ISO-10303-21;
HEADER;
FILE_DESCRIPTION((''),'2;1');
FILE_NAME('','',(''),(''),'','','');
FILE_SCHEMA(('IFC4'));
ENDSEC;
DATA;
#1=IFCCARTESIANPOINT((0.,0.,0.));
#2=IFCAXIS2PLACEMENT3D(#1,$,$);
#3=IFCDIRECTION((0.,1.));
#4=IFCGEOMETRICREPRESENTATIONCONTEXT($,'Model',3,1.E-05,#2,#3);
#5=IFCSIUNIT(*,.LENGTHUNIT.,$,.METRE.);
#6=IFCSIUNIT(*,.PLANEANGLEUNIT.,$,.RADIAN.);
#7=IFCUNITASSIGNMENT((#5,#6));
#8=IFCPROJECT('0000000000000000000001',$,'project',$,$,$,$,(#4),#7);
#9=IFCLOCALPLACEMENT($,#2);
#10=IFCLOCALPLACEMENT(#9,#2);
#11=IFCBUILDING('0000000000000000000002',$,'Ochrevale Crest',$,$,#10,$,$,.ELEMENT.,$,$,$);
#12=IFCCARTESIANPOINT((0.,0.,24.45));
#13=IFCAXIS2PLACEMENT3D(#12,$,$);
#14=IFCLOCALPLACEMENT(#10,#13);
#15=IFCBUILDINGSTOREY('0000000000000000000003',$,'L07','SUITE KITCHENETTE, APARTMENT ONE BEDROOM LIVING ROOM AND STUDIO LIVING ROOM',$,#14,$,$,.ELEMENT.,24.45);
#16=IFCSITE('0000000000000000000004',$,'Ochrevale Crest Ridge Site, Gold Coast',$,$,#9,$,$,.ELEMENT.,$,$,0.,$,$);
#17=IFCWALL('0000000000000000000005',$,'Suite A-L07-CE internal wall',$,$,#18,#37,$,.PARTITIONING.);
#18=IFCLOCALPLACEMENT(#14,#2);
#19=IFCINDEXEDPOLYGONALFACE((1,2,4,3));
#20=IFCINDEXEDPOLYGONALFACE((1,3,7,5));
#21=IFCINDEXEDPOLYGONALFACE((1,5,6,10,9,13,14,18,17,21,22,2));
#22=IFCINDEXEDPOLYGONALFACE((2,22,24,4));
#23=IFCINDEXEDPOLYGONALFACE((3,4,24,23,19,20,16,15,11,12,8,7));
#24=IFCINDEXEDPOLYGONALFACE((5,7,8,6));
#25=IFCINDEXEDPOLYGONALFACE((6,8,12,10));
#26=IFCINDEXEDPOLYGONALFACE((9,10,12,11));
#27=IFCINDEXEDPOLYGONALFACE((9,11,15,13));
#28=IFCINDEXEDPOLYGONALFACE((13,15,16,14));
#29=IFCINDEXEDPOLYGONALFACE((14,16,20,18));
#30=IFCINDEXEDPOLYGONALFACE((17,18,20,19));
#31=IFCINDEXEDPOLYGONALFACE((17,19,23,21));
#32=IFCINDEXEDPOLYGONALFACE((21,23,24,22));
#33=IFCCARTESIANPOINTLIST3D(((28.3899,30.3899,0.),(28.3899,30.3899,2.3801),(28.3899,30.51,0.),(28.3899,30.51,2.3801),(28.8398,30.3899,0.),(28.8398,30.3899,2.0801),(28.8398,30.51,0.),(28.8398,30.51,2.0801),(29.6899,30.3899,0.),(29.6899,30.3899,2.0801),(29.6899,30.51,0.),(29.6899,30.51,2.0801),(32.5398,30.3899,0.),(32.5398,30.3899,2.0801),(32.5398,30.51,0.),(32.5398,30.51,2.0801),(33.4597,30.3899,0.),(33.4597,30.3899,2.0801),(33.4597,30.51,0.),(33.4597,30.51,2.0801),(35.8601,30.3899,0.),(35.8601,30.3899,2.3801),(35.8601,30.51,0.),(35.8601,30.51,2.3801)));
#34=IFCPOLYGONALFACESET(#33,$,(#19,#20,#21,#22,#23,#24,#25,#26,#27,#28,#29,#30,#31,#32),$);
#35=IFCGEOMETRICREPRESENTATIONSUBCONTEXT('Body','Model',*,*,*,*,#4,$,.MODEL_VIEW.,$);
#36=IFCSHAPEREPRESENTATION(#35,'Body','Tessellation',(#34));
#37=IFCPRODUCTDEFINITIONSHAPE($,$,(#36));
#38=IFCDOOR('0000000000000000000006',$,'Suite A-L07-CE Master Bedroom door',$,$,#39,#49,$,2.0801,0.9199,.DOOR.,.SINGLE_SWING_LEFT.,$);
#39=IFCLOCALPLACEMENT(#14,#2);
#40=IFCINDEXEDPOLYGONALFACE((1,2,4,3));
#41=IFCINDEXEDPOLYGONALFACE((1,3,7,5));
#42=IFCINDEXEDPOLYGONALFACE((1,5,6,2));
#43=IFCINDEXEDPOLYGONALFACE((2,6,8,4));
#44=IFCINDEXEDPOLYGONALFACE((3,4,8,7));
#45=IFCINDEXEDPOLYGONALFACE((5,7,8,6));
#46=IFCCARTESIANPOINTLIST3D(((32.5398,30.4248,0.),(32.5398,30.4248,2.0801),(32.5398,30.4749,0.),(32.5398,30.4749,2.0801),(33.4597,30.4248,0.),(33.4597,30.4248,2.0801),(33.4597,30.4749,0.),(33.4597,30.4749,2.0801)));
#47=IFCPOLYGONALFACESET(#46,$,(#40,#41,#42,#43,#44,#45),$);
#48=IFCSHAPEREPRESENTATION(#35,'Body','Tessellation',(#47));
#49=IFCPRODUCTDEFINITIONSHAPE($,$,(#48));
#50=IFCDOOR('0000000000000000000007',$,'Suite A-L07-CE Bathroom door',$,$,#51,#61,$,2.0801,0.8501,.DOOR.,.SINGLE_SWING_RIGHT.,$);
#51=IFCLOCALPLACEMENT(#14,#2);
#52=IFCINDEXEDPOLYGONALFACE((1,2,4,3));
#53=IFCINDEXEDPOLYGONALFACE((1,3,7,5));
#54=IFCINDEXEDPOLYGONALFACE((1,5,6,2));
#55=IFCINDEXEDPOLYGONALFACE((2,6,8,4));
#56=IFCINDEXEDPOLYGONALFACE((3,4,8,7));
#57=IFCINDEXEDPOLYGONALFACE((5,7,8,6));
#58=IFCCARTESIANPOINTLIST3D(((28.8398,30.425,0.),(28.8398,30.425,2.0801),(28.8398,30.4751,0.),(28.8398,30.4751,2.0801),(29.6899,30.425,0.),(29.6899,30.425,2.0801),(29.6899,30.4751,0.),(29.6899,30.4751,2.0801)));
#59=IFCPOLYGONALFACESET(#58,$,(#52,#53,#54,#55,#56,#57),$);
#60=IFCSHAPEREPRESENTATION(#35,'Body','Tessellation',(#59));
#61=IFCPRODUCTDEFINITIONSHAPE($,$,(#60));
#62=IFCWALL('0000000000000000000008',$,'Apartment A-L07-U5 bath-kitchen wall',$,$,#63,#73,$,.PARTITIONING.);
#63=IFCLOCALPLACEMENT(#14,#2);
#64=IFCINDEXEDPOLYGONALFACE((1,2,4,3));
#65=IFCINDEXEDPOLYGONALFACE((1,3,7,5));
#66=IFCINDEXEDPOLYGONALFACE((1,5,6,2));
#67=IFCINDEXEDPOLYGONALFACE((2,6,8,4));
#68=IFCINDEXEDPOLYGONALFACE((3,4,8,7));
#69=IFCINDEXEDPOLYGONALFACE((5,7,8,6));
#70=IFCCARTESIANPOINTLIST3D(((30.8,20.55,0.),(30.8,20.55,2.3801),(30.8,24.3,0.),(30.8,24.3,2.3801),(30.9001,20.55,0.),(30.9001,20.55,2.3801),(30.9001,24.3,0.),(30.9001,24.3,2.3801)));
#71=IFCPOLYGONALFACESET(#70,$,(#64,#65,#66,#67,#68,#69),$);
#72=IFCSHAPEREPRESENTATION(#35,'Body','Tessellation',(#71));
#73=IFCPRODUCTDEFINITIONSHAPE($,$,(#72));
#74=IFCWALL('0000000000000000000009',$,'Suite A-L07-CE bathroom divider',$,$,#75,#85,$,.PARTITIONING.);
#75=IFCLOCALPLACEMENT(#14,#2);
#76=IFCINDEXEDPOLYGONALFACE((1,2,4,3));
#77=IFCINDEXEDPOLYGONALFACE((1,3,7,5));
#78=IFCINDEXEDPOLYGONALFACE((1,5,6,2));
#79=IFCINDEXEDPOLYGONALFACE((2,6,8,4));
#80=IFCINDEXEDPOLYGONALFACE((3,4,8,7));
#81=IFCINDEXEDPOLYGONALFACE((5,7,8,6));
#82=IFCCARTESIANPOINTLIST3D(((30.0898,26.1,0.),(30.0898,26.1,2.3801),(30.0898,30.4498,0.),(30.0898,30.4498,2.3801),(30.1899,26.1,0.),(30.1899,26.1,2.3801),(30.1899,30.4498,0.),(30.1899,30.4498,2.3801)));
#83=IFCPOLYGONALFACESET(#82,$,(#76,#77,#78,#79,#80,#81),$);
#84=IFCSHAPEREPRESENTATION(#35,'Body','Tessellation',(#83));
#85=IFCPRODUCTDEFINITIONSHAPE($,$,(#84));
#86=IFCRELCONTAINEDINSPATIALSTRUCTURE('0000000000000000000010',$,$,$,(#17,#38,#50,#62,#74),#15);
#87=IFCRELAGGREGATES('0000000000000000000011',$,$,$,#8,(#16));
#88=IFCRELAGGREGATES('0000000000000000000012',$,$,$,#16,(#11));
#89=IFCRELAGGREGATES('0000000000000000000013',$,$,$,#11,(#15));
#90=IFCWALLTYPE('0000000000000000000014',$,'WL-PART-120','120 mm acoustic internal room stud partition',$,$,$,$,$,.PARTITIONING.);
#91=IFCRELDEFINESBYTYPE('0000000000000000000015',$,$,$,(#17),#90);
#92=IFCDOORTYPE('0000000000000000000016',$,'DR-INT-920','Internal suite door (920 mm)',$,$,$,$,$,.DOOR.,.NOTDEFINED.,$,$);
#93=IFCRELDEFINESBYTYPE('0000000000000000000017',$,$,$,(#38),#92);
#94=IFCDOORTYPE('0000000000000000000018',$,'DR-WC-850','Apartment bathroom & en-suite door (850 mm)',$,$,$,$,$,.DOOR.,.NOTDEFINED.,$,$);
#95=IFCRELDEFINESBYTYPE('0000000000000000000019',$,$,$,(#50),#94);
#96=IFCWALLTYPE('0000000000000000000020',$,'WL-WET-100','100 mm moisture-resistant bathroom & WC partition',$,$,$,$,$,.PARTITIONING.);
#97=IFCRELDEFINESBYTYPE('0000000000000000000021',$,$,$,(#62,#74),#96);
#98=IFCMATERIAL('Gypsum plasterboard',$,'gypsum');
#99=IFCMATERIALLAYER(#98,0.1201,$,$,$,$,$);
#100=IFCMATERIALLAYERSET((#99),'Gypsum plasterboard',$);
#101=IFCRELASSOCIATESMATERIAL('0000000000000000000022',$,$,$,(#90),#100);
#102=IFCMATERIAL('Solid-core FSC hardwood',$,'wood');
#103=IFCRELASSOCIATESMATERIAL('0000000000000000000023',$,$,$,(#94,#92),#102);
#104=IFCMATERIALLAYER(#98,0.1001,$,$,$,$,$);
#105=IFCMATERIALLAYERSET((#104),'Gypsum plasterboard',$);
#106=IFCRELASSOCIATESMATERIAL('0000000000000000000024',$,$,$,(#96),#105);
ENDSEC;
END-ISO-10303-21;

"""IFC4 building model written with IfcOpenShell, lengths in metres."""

from ifc_helpers import new_model, si_unit, direction, frame, frame_2d, origin, place, context, subcontext, project, spatial, rectangle, extrude, material, layer, layer_set, type_object, element, fill, save


model = new_model("IFC4")

# Units and contexts
model_context = context("Model", 3, precision=1e-05, world=origin(), true_north=direction((0.0, 1.0)))
body_context = subcontext(model_context, "Body", "Model", "MODEL_VIEW")
ifc_project = project(units=[si_unit("LENGTHUNIT", "METRE"), si_unit("PLANEANGLEUNIT", "RADIAN")], contexts=[model_context])

# Site, building, storey
site_placement = place(None, origin())
site = spatial("IfcSite", under=ifc_project, at=site_placement, Name="Ochrevale Crest Ridge Site, Gold Coast", CompositionType="ELEMENT", RefElevation=0.0)
building_placement = place(site_placement, origin())
building = spatial("IfcBuilding", under=site, at=building_placement, Name="Ochrevale Crest", CompositionType="ELEMENT")
storey_placement = place(building_placement, frame((0.0, 0.0, 24.45)))
storey = spatial("IfcBuildingStorey", under=building, at=storey_placement, Name="L07", Description="SUITE KITCHENETTE, APARTMENT ONE BEDROOM LIVING ROOM AND STUDIO LIVING ROOM", CompositionType="ELEMENT", Elevation=24.45)

# Shared definitions
ifc_material_1 = material(Name="Gypsum plasterboard", Category="gypsum")
ifc_material_2 = material(Name="Solid-core FSC hardwood", Category="wood")

# Shared definitions
ifc_layer_1 = layer(ifc_material_1, 0.1201)
ifc_layer_set_1 = layer_set([ifc_layer_1], Name="Gypsum plasterboard")
wall_type_1 = type_object("IfcWallType", Name="WL-PART-120", Description="120 mm acoustic internal room stud partition", PredefinedType="PARTITIONING", material=ifc_layer_set_1)

# Wall, openings, doors
door_type_1 = type_object("IfcDoorType", Name="DR-WC-850", Description="Apartment bathroom & en-suite door (850 mm)", OperationType="NOTDEFINED", PredefinedType="DOOR", material=ifc_material_2)
wall_1_placement = place(storey_placement, frame((28.3899, 30.45, 0.0), z_axis=(0.0, 0.0, 1.0), x_axis=(1.0, 0.0, 0.0)))
wall_1 = element("IfcWall", 1, at=wall_1_placement, inside=storey, type_object=wall_type_1, Name="Suite A-L07-CE internal wall", PredefinedType="PARTITIONING", context=body_context, shape_type="SweptSolid", body=[
    extrude(rectangle(XDim=7.4702, YDim=0.1201, at=frame_2d((3.7351, 0.0))), origin(), (0.0, 0.0, 1.0), 2.3801),
])
opening_1_placement = place(wall_1_placement, frame((1.3, 0.0, 0.0), z_axis=(0.0, 0.0, 1.0), x_axis=(-1.0, 0.0, 0.0)))
opening_1 = element("IfcOpeningElement", 2, at=opening_1_placement, cuts=wall_1, PredefinedType="OPENING", context=body_context, shape_type="SweptSolid", body=[
    extrude(rectangle(XDim=0.8501, YDim=2.0801, at=frame_2d((0.425, 1.04))), frame((0.0, 0.0701, 0.0), z_axis=(0.0, -1.0, 0.0), x_axis=(1.0, 0.0, 0.0)), (0.0, 0.0, 1.0), 0.1401),
])
opening_2_placement = place(wall_1_placement, frame((4.1499, 0.0, 0.0)))
opening_2 = element("IfcOpeningElement", 3, at=opening_2_placement, cuts=wall_1, PredefinedType="OPENING", context=body_context, shape_type="SweptSolid", body=[
    extrude(rectangle(XDim=0.9199, YDim=2.0801, at=frame_2d((0.46, 1.04))), frame((0.0, 0.0701, 0.0), z_axis=(0.0, -1.0, 0.0), x_axis=(1.0, 0.0, 0.0)), (0.0, 0.0, 1.0), 0.1401),
])
door_type_2 = type_object("IfcDoorType", Name="DR-INT-920", Description="Internal suite door (920 mm)", OperationType="NOTDEFINED", PredefinedType="DOOR", material=ifc_material_2)
door_1_placement = place(opening_2_placement, origin())
door_1 = element("IfcDoor", 4, at=door_1_placement, inside=storey, type_object=door_type_2, Name="Suite A-L07-CE Master Bedroom door", OperationType="SINGLE_SWING_LEFT", OverallHeight=2.0801, OverallWidth=0.9199, PredefinedType="DOOR", context=body_context, shape_type="SweptSolid", body=[
    extrude(rectangle(XDim=0.9199, YDim=2.0801, at=frame_2d((0.46, 1.04))), frame((0.0, 0.0249, 0.0), z_axis=(0.0, -1.0, 0.0), x_axis=(1.0, 0.0, 0.0)), (0.0, 0.0, 1.0), 0.05),
])
fill(opening_2, door_1)
door_2_placement = place(opening_1_placement, origin())
door_2 = element("IfcDoor", 5, at=door_2_placement, inside=storey, type_object=door_type_1, Name="Suite A-L07-CE Bathroom door", OperationType="SINGLE_SWING_RIGHT", OverallHeight=2.0801, OverallWidth=0.8501, PredefinedType="DOOR", context=body_context, shape_type="SweptSolid", body=[
    extrude(rectangle(XDim=0.8501, YDim=2.0801, at=frame_2d((0.425, 1.04))), frame((0.0, 0.0249, 0.0), z_axis=(0.0, -1.0, 0.0), x_axis=(1.0, 0.0, 0.0)), (0.0, 0.0, 1.0), 0.05),
])
fill(opening_1, door_2)

# Walls
ifc_layer_2 = layer(ifc_material_1, 0.1001)
ifc_layer_set_2 = layer_set([ifc_layer_2], Name="Gypsum plasterboard")
wall_type_2 = type_object("IfcWallType", Name="WL-WET-100", Description="100 mm moisture-resistant bathroom & WC partition", PredefinedType="PARTITIONING", material=ifc_layer_set_2)
wall_2_placement = place(storey_placement, frame((30.8501, 20.55, 0.0), z_axis=(0.0, 0.0, 1.0), x_axis=(0.0, 1.0, 0.0)))
element("IfcWall", 6, at=wall_2_placement, inside=storey, type_object=wall_type_2, Name="Apartment A-L07-U5 bath-kitchen wall", PredefinedType="PARTITIONING", context=body_context, shape_type="SweptSolid", body=[
    extrude(rectangle(XDim=3.75, YDim=0.1001, at=frame_2d((1.875, 0.0))), origin(), (0.0, 0.0, 1.0), 2.3801),
])
wall_3_placement = place(storey_placement, frame((30.1399, 26.1001, 0.0), z_axis=(0.0, 0.0, 1.0), x_axis=(0.0, 1.0, 0.0)))
element("IfcWall", 7, at=wall_3_placement, inside=storey, type_object=wall_type_2, Name="Suite A-L07-CE bathroom divider", PredefinedType="PARTITIONING", context=body_context, shape_type="SweptSolid", body=[
    extrude(rectangle(XDim=4.3499, YDim=0.1001, at=frame_2d((2.1748, 0.0))), origin(), (0.0, 0.0, 1.0), 2.3801),
])

save(model, "model.ifc")
